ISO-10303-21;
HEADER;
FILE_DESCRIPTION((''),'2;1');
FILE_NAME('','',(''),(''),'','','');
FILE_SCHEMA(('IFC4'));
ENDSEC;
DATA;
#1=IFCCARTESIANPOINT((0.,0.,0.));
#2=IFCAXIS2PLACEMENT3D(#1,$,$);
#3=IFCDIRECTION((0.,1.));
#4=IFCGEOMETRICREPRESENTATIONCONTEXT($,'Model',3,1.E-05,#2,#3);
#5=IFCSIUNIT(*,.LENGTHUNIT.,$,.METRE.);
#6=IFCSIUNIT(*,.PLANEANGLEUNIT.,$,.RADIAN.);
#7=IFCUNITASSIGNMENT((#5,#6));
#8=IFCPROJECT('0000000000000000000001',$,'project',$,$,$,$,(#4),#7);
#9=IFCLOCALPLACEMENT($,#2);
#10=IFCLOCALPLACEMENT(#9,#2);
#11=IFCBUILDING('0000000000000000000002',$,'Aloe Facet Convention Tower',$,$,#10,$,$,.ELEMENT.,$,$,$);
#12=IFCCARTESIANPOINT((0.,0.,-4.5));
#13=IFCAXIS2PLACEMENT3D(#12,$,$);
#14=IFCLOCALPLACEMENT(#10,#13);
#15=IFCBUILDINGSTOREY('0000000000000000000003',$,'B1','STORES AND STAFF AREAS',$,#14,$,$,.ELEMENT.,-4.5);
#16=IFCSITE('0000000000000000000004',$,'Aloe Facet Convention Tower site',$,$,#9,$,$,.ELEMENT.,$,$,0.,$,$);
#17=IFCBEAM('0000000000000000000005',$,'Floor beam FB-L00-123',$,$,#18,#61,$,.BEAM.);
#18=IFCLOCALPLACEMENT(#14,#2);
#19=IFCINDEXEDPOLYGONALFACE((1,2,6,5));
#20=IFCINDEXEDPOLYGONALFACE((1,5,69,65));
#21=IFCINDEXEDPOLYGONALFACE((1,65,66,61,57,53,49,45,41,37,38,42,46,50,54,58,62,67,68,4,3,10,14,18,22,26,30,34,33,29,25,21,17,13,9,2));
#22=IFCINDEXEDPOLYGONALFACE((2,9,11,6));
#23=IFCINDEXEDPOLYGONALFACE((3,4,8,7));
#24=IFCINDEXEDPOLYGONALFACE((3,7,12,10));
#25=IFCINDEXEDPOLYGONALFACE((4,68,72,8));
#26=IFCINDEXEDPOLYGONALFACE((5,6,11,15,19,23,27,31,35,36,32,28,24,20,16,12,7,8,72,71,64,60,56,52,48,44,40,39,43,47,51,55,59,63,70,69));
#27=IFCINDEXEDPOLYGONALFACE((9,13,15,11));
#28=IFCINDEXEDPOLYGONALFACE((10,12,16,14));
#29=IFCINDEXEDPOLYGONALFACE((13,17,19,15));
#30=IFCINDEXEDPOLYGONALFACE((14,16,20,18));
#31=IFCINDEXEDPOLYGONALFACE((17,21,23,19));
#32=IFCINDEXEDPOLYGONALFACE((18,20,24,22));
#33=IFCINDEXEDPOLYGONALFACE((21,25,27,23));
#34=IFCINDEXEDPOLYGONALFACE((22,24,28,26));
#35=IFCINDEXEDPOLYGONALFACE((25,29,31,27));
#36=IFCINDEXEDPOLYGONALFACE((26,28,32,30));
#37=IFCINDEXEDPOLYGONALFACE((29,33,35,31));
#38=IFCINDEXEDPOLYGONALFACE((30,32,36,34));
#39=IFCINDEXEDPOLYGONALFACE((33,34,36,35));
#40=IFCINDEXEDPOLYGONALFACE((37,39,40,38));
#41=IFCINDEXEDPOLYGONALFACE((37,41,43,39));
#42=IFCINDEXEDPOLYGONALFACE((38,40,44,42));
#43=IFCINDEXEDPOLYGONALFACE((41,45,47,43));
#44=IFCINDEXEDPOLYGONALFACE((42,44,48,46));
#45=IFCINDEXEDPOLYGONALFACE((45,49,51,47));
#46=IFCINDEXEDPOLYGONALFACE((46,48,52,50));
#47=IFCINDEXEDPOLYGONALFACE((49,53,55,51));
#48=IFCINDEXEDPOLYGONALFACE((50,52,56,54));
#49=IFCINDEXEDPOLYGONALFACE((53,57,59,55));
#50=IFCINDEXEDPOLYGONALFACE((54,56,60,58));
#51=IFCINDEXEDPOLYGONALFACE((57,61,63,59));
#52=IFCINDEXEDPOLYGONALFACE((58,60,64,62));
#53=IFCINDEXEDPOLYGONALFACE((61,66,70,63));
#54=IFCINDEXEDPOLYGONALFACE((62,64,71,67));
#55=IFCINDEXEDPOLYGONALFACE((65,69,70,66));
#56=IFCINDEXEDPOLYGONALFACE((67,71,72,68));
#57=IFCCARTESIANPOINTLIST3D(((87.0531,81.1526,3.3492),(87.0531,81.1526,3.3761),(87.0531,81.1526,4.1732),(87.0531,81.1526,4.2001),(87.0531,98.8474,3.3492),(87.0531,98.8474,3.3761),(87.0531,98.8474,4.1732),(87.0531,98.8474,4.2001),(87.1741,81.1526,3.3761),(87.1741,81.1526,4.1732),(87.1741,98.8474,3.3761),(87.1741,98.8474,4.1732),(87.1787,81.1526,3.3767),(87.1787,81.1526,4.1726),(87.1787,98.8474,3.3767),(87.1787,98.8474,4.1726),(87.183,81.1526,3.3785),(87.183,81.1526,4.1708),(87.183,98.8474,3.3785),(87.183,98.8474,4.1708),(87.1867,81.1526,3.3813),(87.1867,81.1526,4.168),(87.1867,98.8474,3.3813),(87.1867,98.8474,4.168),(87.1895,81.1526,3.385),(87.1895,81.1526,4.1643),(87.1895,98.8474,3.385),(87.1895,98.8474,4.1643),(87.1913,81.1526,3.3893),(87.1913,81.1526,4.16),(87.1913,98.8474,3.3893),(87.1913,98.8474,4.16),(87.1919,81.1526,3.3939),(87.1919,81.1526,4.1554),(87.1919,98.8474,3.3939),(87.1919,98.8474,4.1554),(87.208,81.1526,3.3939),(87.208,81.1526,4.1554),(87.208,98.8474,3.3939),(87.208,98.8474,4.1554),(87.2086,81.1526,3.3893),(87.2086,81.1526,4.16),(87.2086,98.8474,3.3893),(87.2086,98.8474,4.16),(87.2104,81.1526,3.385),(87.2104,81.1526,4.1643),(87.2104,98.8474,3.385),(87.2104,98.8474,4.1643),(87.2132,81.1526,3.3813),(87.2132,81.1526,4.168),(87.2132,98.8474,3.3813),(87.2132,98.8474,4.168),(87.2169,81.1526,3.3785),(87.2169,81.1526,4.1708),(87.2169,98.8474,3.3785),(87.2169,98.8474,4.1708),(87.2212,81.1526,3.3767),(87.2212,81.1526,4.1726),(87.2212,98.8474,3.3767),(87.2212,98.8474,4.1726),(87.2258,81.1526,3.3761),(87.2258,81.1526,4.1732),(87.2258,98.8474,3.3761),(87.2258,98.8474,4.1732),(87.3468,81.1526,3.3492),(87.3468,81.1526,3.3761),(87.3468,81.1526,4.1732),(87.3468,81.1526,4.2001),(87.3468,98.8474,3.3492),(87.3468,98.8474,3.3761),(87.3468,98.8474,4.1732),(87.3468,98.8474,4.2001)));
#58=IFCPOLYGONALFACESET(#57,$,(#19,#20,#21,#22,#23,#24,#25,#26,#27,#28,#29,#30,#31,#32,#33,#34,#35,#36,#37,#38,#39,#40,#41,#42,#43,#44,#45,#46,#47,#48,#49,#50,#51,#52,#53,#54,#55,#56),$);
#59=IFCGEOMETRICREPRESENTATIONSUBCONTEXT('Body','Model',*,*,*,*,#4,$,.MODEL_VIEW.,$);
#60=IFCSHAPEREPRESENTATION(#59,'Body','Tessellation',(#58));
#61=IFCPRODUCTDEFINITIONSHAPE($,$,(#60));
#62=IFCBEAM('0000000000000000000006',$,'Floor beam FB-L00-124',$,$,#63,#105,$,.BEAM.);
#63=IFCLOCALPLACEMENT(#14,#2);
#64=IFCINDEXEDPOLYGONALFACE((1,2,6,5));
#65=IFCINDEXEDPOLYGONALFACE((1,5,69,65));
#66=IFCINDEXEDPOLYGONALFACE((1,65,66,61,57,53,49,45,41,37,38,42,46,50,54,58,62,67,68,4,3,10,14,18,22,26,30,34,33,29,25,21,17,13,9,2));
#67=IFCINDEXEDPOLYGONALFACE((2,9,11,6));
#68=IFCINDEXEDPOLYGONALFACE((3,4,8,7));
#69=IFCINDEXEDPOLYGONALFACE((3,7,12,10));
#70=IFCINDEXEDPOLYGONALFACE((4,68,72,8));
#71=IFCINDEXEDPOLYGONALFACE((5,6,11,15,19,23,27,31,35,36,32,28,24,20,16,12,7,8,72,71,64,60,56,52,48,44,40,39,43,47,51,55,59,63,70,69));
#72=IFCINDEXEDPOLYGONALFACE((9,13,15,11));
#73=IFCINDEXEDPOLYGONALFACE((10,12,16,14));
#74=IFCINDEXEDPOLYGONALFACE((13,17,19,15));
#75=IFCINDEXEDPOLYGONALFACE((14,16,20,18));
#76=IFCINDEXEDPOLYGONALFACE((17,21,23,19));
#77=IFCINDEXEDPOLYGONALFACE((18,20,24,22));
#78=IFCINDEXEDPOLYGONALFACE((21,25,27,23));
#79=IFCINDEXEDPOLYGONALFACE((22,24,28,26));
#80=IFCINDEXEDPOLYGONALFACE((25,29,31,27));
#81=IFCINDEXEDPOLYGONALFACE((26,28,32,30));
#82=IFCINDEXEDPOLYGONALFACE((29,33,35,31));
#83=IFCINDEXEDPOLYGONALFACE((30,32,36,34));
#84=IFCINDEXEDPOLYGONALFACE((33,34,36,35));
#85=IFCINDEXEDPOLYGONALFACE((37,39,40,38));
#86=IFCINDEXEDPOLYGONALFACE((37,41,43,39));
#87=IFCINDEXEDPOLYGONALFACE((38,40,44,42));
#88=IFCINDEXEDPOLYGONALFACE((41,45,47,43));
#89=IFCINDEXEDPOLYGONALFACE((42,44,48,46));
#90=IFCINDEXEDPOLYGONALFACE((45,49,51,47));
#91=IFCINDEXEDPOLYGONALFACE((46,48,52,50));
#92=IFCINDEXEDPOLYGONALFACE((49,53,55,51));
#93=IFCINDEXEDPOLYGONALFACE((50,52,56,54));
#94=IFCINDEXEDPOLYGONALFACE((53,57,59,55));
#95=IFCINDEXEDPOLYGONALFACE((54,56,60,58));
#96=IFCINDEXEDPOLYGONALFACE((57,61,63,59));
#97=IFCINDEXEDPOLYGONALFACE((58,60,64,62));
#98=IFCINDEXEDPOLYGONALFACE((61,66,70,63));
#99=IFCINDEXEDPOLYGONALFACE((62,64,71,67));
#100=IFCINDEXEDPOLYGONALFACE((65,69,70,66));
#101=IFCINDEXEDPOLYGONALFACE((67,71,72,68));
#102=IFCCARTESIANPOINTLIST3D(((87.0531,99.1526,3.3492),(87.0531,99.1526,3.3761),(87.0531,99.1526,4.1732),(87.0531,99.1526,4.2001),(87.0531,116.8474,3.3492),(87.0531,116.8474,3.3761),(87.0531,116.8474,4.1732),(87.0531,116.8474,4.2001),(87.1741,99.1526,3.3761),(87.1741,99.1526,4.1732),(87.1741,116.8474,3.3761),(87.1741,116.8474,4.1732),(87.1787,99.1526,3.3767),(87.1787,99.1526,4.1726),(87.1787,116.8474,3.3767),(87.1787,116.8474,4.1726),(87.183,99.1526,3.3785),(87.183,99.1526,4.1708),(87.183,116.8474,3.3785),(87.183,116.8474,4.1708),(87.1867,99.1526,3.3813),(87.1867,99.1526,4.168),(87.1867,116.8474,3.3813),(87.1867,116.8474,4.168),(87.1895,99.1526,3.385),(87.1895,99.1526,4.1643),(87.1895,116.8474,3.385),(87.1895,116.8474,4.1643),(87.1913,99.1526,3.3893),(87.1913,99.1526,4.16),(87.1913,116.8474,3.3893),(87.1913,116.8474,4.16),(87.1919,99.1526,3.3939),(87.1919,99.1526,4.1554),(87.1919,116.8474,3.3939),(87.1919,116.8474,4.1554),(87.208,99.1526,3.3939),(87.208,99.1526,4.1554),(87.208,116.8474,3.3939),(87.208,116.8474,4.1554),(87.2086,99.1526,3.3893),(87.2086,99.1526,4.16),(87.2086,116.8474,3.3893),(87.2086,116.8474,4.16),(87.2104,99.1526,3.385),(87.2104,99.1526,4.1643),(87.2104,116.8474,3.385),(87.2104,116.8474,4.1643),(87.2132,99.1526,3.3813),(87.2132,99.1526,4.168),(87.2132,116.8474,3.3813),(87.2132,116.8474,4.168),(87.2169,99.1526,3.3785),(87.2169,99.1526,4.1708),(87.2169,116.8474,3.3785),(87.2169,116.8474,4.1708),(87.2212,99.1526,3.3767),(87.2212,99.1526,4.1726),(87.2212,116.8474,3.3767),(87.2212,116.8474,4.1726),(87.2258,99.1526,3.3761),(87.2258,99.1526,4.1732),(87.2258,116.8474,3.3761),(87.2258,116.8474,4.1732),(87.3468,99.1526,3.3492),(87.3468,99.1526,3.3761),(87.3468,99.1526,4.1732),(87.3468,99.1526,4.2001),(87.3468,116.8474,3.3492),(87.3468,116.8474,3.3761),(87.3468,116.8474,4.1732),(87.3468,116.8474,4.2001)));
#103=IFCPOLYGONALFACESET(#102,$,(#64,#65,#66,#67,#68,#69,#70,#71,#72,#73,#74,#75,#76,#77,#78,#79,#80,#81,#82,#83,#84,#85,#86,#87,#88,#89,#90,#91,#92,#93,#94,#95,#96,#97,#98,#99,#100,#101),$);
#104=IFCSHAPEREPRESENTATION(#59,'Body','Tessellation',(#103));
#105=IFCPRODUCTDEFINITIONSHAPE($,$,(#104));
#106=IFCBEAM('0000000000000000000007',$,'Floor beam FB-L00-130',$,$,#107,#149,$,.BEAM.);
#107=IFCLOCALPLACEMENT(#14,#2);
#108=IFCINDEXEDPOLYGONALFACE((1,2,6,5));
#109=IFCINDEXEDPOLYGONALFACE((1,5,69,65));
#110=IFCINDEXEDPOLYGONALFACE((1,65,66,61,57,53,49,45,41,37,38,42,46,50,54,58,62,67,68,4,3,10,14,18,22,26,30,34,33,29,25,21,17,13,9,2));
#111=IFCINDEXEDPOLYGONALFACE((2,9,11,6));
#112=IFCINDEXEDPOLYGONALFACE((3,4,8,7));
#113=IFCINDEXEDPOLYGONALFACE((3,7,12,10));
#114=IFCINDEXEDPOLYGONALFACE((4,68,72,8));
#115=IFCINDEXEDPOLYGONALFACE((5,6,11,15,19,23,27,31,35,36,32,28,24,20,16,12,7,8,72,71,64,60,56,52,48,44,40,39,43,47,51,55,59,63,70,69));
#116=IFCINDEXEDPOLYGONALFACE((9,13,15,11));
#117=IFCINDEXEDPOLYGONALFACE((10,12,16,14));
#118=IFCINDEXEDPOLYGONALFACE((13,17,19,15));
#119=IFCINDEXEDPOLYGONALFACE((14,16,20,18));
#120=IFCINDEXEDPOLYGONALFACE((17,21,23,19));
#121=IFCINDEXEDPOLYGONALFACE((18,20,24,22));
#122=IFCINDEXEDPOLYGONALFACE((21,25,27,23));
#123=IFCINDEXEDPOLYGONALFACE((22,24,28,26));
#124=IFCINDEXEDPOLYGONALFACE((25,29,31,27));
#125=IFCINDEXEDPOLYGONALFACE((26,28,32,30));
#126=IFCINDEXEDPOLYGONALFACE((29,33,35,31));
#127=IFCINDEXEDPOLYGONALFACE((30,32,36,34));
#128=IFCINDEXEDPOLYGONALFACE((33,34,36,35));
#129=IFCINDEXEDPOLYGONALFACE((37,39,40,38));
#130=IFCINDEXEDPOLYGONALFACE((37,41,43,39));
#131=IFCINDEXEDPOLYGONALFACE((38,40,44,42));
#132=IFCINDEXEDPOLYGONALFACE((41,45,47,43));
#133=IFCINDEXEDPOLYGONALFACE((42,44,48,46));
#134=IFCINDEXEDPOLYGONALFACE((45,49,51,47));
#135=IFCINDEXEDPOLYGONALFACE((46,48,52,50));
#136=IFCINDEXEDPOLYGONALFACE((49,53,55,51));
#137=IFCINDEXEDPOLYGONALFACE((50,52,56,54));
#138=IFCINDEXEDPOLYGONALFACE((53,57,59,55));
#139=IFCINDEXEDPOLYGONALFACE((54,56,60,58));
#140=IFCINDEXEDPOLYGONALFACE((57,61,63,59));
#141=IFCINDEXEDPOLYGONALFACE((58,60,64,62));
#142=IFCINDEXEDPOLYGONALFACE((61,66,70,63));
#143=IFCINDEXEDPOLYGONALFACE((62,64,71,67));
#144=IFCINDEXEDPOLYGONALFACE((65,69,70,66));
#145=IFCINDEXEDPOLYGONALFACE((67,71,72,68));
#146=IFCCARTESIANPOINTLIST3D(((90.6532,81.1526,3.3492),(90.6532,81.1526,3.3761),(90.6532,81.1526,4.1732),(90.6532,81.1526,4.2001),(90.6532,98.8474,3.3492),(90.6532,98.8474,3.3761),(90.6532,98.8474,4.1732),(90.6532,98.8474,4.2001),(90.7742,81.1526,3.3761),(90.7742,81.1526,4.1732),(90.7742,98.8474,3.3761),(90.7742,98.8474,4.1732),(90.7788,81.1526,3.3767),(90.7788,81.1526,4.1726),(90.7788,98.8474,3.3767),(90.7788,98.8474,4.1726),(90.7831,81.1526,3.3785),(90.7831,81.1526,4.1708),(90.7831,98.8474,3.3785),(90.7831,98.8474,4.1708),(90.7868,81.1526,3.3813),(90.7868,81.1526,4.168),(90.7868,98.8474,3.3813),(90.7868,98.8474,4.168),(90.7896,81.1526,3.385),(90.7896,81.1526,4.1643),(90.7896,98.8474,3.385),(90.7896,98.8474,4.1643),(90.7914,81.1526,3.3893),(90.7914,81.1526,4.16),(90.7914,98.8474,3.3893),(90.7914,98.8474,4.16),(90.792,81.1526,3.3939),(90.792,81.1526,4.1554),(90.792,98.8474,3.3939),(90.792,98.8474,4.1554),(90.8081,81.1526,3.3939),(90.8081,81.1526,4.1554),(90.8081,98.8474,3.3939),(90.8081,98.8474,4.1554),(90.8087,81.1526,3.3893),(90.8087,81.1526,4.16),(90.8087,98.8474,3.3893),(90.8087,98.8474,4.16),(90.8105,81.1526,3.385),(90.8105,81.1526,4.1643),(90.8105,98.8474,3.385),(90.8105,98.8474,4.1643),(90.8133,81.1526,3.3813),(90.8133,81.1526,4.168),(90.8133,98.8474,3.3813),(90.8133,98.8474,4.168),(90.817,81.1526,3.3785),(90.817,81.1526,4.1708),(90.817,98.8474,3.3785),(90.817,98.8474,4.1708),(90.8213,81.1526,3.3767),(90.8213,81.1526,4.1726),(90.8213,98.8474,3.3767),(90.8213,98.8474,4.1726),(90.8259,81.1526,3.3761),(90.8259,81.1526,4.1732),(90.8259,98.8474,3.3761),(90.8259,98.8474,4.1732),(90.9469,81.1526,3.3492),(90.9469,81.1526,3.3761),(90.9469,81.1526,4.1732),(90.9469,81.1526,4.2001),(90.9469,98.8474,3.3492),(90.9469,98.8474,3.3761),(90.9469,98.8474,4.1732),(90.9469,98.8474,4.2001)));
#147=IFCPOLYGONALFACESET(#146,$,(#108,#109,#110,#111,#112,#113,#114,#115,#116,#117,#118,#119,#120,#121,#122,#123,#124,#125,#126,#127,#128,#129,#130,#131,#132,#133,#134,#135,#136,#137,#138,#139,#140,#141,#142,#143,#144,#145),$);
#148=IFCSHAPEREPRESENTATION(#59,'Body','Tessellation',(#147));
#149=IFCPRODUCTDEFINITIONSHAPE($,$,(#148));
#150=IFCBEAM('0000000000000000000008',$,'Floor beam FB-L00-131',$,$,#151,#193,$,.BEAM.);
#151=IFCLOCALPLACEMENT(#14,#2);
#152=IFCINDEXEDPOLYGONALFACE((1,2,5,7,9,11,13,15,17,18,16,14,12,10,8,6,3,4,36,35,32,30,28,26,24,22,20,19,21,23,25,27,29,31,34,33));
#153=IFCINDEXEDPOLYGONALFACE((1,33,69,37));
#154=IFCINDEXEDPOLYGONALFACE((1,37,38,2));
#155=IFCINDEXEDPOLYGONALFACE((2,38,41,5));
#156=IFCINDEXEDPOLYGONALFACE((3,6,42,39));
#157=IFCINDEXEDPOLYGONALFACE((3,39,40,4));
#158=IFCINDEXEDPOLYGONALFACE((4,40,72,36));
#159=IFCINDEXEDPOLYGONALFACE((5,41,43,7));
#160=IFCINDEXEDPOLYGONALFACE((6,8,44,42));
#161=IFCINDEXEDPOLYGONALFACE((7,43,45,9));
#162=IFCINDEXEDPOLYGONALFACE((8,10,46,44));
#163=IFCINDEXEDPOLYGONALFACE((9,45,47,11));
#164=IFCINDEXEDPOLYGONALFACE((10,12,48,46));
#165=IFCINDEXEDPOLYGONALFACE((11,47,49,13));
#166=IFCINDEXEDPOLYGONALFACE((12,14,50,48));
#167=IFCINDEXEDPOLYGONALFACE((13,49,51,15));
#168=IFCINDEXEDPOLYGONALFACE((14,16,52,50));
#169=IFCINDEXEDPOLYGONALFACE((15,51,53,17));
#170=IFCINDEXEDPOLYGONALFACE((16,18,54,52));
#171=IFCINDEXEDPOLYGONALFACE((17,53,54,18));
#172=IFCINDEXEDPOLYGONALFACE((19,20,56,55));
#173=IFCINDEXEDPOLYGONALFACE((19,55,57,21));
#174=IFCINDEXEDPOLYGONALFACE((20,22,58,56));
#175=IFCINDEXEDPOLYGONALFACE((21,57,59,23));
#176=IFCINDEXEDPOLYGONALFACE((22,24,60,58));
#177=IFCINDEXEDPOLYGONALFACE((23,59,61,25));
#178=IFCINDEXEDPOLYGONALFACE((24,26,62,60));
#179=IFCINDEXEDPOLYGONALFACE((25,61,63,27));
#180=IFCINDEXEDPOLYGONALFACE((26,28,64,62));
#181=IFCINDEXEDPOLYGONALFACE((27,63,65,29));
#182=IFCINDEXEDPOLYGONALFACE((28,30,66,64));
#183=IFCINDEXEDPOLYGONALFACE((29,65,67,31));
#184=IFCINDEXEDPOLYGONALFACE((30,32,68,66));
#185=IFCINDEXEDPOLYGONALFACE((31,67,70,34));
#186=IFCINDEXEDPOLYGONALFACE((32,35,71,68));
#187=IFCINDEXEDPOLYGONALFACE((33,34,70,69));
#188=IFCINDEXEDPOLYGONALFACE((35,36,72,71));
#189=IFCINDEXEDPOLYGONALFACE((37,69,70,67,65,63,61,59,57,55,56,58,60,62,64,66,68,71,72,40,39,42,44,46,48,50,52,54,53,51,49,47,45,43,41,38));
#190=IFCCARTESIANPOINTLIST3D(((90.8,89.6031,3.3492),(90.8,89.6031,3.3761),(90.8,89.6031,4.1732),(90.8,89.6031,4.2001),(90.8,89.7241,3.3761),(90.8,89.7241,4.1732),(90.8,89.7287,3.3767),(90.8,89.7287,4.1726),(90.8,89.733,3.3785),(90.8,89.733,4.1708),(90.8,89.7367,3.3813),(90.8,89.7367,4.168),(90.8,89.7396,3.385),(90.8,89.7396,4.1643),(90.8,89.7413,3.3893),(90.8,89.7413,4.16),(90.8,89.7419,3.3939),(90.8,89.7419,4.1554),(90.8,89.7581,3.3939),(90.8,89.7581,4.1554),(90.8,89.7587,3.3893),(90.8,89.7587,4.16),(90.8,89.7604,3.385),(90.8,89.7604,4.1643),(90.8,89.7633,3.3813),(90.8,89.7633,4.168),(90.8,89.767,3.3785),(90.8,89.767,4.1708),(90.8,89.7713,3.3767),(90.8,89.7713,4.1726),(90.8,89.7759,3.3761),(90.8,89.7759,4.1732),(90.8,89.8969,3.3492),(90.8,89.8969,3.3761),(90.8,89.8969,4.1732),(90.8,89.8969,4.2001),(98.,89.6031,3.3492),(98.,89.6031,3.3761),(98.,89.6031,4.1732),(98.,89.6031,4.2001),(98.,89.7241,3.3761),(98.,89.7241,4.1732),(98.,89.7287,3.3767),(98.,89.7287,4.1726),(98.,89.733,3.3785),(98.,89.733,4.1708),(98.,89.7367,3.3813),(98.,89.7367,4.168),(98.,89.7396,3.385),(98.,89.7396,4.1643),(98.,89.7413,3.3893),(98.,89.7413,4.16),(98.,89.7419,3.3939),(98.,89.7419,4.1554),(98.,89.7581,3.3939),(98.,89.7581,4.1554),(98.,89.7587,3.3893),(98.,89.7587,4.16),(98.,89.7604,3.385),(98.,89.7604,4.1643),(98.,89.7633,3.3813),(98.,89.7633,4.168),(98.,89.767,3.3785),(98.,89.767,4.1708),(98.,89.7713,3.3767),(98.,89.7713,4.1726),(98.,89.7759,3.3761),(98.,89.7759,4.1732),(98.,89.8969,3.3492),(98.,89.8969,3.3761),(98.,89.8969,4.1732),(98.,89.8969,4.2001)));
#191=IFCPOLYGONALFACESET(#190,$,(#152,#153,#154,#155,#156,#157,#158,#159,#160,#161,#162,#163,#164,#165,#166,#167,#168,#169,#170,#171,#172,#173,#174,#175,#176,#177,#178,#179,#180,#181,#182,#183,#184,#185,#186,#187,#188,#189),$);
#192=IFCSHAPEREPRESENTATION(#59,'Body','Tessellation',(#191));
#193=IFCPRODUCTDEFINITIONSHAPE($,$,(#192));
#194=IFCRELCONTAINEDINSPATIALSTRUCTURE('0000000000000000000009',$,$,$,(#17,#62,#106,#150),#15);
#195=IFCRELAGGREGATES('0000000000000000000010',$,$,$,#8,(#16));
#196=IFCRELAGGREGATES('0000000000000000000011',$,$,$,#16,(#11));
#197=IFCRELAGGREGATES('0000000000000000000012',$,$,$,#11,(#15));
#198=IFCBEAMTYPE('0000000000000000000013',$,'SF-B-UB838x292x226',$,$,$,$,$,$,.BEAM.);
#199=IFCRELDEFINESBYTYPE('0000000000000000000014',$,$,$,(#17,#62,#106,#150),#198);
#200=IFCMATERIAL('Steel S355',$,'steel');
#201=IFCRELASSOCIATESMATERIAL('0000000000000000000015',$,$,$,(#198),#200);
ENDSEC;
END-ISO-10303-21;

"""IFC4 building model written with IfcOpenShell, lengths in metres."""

from ifc_helpers import new_model, si_unit, direction, frame, origin, origin_2d, place, context, subcontext, project, spatial, i_section, extrude, material, material_profile, profile_set, type_object, element, save


model = new_model("IFC4")

# Units and contexts
model_context = context("Model", 3, precision=1e-05, world=origin(), true_north=direction((0.0, 1.0)))
body_context = subcontext(model_context, "Body", "Model", "MODEL_VIEW")
ifc_project = project(units=[si_unit("LENGTHUNIT", "METRE"), si_unit("PLANEANGLEUNIT", "RADIAN")], contexts=[model_context])

# Site, building, storey
site_placement = place(None, origin())
site = spatial("IfcSite", under=ifc_project, at=site_placement, Name="Aloe Facet Convention Tower site", CompositionType="ELEMENT", RefElevation=0.0)
building_placement = place(site_placement, origin())
building = spatial("IfcBuilding", under=site, at=building_placement, Name="Aloe Facet Convention Tower", CompositionType="ELEMENT")
storey_placement = place(building_placement, frame((0.0, 0.0, -4.5)))
storey = spatial("IfcBuildingStorey", under=building, at=storey_placement, Name="B1", Description="STORES AND STAFF AREAS", CompositionType="ELEMENT", Elevation=-4.5)

# Beams
ifc_material_1 = material(Name="Steel S355", Category="steel")
ifc_material_profile_1 = material_profile(ifc_material_1, i_section(OverallWidth=0.2937, OverallDepth=0.8508, WebThickness=0.0161, FlangeThickness=0.0269, FilletRadius=0.0178, at=origin_2d()), Name="UB 838x292x226")
ifc_profile_set_1 = profile_set([ifc_material_profile_1], Name="Steel S355")
beam_type_1 = type_object("IfcBeamType", Name="SF-B-UB838x292x226", PredefinedType="BEAM", material=ifc_profile_set_1)
for number, where, z_axis, x_axis, name in (
    (1, (87.2, 81.1526, 3.7747), (0.0, 1.0, 0.0), (-1.0, 0.0, 0.0), "Floor beam FB-L00-123"),
    (2, (87.2, 99.1526, 3.7747), (0.0, 1.0, 0.0), (-1.0, 0.0, 0.0), "Floor beam FB-L00-124"),
    (3, (90.8, 81.1526, 3.7747), (0.0, 1.0, 0.0), (-1.0, 0.0, 0.0), "Floor beam FB-L00-130"),
):
    element("IfcBeam", number, at=place(storey_placement, frame(where, z_axis=z_axis, x_axis=x_axis)), inside=storey, type_object=beam_type_1, Name=name, PredefinedType="BEAM", context=body_context, shape_type="SweptSolid", body=[
        extrude(i_section(OverallWidth=0.2937, OverallDepth=0.8508, WebThickness=0.0161, FlangeThickness=0.0269, FilletRadius=0.0178, at=origin_2d()), origin(), (0.0, 0.0, 1.0), 17.6948),
    ])
beam_1_placement = place(storey_placement, frame((90.8, 89.75, 3.7747), z_axis=(1.0, 0.0, 0.0), x_axis=(0.0, 1.0, 0.0)))
element("IfcBeam", 4, at=beam_1_placement, inside=storey, type_object=beam_type_1, Name="Floor beam FB-L00-131", PredefinedType="BEAM", context=body_context, shape_type="SweptSolid", body=[
    extrude(i_section(OverallWidth=0.2937, OverallDepth=0.8508, WebThickness=0.0161, FlangeThickness=0.0269, FilletRadius=0.0178, at=origin_2d()), origin(), (0.0, 0.0, 1.0), 7.2),
])

save(model, "model.ifc")
